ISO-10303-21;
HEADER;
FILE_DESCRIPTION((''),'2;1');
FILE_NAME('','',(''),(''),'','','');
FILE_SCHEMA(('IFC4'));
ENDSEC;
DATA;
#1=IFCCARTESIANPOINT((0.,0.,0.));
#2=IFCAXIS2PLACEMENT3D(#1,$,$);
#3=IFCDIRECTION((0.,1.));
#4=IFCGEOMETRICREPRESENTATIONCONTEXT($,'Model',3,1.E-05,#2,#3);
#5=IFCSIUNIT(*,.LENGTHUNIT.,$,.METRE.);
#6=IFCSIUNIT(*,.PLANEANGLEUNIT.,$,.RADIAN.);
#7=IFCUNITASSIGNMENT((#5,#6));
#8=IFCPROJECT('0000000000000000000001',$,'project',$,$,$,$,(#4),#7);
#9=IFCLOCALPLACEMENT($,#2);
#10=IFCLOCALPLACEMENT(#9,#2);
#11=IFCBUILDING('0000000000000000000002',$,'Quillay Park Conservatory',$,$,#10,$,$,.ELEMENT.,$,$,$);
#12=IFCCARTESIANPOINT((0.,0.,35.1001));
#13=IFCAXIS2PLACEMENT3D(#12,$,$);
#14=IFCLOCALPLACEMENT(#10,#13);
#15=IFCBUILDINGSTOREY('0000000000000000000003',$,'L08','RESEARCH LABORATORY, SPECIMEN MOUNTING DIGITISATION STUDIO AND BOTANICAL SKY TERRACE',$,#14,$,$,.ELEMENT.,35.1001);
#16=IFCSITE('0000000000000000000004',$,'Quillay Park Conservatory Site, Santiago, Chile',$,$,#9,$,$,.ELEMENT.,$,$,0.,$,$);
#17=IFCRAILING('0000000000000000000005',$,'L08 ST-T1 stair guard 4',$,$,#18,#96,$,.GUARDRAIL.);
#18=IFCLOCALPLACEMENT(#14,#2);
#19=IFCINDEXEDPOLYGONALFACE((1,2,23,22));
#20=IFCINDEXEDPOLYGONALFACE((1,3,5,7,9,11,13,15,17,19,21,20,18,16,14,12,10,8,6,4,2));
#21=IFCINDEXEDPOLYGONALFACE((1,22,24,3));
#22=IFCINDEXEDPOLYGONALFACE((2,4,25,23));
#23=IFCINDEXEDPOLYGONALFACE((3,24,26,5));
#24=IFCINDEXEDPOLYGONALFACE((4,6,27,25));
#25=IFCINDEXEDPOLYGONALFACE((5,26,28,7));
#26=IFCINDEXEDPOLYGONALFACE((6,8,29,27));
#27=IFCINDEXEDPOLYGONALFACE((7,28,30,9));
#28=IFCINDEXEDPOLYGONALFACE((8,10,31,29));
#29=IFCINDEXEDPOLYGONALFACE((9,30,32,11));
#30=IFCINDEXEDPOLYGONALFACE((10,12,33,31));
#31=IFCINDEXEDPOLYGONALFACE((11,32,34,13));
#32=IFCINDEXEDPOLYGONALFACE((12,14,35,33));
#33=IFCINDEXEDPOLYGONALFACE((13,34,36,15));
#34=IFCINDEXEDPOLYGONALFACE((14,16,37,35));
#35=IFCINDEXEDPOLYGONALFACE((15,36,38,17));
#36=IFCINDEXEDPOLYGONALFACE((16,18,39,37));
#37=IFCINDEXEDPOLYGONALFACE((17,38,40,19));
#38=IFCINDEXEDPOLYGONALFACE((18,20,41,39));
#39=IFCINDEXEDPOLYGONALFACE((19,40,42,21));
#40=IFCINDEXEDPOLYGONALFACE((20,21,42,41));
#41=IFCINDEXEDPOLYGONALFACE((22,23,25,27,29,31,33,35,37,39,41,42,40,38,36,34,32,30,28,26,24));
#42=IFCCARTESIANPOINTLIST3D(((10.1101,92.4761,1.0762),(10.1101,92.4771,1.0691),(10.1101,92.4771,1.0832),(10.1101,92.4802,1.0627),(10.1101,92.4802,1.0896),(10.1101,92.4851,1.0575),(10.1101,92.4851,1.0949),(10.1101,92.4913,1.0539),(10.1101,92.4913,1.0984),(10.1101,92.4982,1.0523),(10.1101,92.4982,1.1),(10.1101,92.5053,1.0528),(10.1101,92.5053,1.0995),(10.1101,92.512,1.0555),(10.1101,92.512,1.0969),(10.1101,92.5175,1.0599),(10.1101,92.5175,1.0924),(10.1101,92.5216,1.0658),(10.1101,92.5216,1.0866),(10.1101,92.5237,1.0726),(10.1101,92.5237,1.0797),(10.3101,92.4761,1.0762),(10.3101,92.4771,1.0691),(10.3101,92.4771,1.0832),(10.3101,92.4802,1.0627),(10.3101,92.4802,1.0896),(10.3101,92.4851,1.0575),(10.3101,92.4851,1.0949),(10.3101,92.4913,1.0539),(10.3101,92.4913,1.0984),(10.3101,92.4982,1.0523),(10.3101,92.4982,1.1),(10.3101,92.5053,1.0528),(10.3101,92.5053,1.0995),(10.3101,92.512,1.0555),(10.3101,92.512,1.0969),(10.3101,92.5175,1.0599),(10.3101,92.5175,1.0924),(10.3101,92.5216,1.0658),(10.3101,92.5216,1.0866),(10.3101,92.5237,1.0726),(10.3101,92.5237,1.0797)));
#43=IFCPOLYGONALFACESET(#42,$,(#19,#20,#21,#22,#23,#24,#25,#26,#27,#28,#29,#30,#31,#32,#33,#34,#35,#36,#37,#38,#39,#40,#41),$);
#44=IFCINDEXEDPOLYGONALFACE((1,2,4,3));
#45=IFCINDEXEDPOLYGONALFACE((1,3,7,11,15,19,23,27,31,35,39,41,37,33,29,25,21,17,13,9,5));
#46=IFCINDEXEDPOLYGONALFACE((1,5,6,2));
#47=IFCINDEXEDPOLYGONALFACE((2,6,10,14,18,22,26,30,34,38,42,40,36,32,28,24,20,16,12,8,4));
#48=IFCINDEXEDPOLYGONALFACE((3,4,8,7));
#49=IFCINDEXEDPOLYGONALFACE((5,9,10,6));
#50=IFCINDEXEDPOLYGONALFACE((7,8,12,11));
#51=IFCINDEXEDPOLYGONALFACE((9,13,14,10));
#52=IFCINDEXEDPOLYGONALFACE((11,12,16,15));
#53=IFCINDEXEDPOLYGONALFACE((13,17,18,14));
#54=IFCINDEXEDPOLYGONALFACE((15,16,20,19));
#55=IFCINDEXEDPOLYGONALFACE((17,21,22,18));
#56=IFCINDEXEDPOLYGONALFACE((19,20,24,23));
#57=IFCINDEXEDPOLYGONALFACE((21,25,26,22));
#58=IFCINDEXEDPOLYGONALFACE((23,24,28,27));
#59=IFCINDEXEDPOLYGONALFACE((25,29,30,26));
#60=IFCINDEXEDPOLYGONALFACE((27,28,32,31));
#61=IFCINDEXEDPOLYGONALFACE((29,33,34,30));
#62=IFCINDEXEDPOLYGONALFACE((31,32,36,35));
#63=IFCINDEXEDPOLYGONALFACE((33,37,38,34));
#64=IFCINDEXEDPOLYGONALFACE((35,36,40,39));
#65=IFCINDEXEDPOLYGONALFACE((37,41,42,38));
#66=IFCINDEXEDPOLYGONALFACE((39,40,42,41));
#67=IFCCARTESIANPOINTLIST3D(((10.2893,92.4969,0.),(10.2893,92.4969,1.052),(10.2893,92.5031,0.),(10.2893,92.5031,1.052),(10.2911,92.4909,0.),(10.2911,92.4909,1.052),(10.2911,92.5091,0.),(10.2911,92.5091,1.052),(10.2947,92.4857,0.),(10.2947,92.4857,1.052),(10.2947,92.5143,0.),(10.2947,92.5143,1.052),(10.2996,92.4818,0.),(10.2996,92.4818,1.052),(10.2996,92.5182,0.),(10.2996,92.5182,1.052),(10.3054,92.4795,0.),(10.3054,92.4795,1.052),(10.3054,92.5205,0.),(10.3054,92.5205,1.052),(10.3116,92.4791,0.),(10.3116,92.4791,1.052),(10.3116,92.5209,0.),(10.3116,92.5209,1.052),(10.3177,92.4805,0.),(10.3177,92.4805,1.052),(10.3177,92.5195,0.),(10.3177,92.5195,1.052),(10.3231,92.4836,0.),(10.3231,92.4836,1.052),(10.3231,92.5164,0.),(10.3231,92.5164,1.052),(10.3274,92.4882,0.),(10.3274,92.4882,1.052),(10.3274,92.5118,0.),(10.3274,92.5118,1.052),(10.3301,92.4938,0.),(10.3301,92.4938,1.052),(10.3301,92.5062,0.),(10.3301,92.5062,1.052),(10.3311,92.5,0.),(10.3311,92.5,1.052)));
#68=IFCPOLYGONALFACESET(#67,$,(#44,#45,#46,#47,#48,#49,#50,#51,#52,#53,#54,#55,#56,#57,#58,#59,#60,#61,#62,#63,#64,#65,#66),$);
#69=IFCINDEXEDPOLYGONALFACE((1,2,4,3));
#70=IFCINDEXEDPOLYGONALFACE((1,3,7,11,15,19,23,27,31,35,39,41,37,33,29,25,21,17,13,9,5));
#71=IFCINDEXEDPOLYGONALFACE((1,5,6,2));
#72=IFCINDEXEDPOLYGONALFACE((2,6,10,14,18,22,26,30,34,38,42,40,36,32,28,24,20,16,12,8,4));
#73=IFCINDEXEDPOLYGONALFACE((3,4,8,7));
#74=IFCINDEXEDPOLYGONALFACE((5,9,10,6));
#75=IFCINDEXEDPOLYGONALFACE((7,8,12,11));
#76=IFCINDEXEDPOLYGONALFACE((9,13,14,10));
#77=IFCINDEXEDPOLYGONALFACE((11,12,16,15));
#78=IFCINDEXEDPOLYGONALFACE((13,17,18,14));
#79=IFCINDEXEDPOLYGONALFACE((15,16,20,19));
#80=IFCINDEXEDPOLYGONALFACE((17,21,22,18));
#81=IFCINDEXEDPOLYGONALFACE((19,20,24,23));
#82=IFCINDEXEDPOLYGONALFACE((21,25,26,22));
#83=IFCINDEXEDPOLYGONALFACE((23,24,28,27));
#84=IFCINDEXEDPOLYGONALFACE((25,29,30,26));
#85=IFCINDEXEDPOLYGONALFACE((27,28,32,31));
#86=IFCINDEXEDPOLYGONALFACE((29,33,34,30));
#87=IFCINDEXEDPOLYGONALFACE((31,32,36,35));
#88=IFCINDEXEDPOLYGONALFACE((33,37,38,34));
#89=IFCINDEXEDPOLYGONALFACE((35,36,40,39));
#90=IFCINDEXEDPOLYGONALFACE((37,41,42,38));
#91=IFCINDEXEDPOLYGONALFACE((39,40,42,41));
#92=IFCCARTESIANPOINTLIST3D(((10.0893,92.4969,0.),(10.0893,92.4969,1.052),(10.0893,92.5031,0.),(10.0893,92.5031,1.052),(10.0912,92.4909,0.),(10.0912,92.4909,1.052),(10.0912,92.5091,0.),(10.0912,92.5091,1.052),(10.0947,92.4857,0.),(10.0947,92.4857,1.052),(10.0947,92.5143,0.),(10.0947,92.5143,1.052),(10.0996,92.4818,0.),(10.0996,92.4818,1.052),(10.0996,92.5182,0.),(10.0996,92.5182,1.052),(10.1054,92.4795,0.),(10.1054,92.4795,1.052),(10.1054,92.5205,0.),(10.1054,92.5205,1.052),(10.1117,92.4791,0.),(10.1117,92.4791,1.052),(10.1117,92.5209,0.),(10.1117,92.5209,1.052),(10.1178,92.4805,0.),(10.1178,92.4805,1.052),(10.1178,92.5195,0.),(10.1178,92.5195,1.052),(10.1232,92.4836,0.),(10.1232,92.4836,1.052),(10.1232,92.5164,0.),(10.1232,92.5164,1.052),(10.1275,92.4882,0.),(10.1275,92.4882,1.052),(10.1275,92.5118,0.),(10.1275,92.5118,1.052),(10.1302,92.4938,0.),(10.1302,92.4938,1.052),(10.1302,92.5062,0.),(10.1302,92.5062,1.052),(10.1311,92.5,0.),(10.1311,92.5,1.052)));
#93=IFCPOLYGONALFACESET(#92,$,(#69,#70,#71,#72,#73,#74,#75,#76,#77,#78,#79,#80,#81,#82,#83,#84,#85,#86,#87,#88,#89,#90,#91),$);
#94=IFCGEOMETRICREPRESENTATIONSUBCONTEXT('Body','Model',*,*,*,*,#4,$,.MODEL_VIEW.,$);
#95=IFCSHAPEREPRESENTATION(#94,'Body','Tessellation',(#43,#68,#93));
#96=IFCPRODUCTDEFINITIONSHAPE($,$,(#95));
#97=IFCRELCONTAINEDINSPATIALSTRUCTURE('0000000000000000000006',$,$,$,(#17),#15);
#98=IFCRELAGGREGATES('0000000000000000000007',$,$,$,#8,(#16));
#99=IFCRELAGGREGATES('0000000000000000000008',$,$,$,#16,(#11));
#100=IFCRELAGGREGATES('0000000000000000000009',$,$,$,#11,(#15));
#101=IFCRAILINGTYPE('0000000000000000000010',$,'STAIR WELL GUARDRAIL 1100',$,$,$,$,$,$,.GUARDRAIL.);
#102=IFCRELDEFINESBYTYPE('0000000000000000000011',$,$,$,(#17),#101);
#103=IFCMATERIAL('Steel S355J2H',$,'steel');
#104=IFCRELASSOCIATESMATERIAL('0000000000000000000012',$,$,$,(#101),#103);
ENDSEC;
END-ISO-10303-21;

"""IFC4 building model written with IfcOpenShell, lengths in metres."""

from ifc_helpers import new_model, si_unit, direction, frame, origin, origin_2d, place, context, subcontext, project, spatial, circle, extrude, material, type_object, element, save


model = new_model("IFC4")

# Units and contexts
model_context = context("Model", 3, precision=1e-05, world=origin(), true_north=direction((0.0, 1.0)))
body_context = subcontext(model_context, "Body", "Model", "MODEL_VIEW")
ifc_project = project(units=[si_unit("LENGTHUNIT", "METRE"), si_unit("PLANEANGLEUNIT", "RADIAN")], contexts=[model_context])

# Site, building, storey
site_placement = place(None, origin())
site = spatial("IfcSite", under=ifc_project, at=site_placement, Name="Quillay Park Conservatory Site, Santiago, Chile", CompositionType="ELEMENT", RefElevation=0.0)
building_placement = place(site_placement, origin())
building = spatial("IfcBuilding", under=site, at=building_placement, Name="Quillay Park Conservatory", CompositionType="ELEMENT")
storey_placement = place(building_placement, frame((0.0, 0.0, 35.1001)))
storey = spatial("IfcBuildingStorey", under=building, at=storey_placement, Name="L08", Description="RESEARCH LABORATORY, SPECIMEN MOUNTING DIGITISATION STUDIO AND BOTANICAL SKY TERRACE", CompositionType="ELEMENT", Elevation=35.1001)

# Railing
ifc_material_1 = material(Name="Steel S355J2H", Category="steel")
railing_type_1 = type_object("IfcRailingType", Name="STAIR WELL GUARDRAIL 1100", PredefinedType="GUARDRAIL", material=ifc_material_1)
railing_1_placement = place(storey_placement, frame((10.3101, 92.5, 0.0)))
element("IfcRailing", 1, at=railing_1_placement, inside=storey, type_object=railing_type_1, Name="L08 ST-T1 stair guard 4", PredefinedType="GUARDRAIL", context=body_context, shape_type="SweptSolid", body=[
    extrude(circle(Radius=0.0239, at=origin_2d()), frame((0.0, 0.0, 1.0762), z_axis=(-1.0, 0.0, 0.0), x_axis=(0.0, -1.0, 0.0)), (0.0, 0.0, 1.0), 0.2),
    extrude(circle(Radius=0.021, at=origin_2d()), origin(), (0.0, 0.0, 1.0), 1.052),
    extrude(circle(Radius=0.021, at=origin_2d()), frame((-0.2, 0.0, 0.0)), (0.0, 0.0, 1.0), 1.052),
])

save(model, "model.ifc")
